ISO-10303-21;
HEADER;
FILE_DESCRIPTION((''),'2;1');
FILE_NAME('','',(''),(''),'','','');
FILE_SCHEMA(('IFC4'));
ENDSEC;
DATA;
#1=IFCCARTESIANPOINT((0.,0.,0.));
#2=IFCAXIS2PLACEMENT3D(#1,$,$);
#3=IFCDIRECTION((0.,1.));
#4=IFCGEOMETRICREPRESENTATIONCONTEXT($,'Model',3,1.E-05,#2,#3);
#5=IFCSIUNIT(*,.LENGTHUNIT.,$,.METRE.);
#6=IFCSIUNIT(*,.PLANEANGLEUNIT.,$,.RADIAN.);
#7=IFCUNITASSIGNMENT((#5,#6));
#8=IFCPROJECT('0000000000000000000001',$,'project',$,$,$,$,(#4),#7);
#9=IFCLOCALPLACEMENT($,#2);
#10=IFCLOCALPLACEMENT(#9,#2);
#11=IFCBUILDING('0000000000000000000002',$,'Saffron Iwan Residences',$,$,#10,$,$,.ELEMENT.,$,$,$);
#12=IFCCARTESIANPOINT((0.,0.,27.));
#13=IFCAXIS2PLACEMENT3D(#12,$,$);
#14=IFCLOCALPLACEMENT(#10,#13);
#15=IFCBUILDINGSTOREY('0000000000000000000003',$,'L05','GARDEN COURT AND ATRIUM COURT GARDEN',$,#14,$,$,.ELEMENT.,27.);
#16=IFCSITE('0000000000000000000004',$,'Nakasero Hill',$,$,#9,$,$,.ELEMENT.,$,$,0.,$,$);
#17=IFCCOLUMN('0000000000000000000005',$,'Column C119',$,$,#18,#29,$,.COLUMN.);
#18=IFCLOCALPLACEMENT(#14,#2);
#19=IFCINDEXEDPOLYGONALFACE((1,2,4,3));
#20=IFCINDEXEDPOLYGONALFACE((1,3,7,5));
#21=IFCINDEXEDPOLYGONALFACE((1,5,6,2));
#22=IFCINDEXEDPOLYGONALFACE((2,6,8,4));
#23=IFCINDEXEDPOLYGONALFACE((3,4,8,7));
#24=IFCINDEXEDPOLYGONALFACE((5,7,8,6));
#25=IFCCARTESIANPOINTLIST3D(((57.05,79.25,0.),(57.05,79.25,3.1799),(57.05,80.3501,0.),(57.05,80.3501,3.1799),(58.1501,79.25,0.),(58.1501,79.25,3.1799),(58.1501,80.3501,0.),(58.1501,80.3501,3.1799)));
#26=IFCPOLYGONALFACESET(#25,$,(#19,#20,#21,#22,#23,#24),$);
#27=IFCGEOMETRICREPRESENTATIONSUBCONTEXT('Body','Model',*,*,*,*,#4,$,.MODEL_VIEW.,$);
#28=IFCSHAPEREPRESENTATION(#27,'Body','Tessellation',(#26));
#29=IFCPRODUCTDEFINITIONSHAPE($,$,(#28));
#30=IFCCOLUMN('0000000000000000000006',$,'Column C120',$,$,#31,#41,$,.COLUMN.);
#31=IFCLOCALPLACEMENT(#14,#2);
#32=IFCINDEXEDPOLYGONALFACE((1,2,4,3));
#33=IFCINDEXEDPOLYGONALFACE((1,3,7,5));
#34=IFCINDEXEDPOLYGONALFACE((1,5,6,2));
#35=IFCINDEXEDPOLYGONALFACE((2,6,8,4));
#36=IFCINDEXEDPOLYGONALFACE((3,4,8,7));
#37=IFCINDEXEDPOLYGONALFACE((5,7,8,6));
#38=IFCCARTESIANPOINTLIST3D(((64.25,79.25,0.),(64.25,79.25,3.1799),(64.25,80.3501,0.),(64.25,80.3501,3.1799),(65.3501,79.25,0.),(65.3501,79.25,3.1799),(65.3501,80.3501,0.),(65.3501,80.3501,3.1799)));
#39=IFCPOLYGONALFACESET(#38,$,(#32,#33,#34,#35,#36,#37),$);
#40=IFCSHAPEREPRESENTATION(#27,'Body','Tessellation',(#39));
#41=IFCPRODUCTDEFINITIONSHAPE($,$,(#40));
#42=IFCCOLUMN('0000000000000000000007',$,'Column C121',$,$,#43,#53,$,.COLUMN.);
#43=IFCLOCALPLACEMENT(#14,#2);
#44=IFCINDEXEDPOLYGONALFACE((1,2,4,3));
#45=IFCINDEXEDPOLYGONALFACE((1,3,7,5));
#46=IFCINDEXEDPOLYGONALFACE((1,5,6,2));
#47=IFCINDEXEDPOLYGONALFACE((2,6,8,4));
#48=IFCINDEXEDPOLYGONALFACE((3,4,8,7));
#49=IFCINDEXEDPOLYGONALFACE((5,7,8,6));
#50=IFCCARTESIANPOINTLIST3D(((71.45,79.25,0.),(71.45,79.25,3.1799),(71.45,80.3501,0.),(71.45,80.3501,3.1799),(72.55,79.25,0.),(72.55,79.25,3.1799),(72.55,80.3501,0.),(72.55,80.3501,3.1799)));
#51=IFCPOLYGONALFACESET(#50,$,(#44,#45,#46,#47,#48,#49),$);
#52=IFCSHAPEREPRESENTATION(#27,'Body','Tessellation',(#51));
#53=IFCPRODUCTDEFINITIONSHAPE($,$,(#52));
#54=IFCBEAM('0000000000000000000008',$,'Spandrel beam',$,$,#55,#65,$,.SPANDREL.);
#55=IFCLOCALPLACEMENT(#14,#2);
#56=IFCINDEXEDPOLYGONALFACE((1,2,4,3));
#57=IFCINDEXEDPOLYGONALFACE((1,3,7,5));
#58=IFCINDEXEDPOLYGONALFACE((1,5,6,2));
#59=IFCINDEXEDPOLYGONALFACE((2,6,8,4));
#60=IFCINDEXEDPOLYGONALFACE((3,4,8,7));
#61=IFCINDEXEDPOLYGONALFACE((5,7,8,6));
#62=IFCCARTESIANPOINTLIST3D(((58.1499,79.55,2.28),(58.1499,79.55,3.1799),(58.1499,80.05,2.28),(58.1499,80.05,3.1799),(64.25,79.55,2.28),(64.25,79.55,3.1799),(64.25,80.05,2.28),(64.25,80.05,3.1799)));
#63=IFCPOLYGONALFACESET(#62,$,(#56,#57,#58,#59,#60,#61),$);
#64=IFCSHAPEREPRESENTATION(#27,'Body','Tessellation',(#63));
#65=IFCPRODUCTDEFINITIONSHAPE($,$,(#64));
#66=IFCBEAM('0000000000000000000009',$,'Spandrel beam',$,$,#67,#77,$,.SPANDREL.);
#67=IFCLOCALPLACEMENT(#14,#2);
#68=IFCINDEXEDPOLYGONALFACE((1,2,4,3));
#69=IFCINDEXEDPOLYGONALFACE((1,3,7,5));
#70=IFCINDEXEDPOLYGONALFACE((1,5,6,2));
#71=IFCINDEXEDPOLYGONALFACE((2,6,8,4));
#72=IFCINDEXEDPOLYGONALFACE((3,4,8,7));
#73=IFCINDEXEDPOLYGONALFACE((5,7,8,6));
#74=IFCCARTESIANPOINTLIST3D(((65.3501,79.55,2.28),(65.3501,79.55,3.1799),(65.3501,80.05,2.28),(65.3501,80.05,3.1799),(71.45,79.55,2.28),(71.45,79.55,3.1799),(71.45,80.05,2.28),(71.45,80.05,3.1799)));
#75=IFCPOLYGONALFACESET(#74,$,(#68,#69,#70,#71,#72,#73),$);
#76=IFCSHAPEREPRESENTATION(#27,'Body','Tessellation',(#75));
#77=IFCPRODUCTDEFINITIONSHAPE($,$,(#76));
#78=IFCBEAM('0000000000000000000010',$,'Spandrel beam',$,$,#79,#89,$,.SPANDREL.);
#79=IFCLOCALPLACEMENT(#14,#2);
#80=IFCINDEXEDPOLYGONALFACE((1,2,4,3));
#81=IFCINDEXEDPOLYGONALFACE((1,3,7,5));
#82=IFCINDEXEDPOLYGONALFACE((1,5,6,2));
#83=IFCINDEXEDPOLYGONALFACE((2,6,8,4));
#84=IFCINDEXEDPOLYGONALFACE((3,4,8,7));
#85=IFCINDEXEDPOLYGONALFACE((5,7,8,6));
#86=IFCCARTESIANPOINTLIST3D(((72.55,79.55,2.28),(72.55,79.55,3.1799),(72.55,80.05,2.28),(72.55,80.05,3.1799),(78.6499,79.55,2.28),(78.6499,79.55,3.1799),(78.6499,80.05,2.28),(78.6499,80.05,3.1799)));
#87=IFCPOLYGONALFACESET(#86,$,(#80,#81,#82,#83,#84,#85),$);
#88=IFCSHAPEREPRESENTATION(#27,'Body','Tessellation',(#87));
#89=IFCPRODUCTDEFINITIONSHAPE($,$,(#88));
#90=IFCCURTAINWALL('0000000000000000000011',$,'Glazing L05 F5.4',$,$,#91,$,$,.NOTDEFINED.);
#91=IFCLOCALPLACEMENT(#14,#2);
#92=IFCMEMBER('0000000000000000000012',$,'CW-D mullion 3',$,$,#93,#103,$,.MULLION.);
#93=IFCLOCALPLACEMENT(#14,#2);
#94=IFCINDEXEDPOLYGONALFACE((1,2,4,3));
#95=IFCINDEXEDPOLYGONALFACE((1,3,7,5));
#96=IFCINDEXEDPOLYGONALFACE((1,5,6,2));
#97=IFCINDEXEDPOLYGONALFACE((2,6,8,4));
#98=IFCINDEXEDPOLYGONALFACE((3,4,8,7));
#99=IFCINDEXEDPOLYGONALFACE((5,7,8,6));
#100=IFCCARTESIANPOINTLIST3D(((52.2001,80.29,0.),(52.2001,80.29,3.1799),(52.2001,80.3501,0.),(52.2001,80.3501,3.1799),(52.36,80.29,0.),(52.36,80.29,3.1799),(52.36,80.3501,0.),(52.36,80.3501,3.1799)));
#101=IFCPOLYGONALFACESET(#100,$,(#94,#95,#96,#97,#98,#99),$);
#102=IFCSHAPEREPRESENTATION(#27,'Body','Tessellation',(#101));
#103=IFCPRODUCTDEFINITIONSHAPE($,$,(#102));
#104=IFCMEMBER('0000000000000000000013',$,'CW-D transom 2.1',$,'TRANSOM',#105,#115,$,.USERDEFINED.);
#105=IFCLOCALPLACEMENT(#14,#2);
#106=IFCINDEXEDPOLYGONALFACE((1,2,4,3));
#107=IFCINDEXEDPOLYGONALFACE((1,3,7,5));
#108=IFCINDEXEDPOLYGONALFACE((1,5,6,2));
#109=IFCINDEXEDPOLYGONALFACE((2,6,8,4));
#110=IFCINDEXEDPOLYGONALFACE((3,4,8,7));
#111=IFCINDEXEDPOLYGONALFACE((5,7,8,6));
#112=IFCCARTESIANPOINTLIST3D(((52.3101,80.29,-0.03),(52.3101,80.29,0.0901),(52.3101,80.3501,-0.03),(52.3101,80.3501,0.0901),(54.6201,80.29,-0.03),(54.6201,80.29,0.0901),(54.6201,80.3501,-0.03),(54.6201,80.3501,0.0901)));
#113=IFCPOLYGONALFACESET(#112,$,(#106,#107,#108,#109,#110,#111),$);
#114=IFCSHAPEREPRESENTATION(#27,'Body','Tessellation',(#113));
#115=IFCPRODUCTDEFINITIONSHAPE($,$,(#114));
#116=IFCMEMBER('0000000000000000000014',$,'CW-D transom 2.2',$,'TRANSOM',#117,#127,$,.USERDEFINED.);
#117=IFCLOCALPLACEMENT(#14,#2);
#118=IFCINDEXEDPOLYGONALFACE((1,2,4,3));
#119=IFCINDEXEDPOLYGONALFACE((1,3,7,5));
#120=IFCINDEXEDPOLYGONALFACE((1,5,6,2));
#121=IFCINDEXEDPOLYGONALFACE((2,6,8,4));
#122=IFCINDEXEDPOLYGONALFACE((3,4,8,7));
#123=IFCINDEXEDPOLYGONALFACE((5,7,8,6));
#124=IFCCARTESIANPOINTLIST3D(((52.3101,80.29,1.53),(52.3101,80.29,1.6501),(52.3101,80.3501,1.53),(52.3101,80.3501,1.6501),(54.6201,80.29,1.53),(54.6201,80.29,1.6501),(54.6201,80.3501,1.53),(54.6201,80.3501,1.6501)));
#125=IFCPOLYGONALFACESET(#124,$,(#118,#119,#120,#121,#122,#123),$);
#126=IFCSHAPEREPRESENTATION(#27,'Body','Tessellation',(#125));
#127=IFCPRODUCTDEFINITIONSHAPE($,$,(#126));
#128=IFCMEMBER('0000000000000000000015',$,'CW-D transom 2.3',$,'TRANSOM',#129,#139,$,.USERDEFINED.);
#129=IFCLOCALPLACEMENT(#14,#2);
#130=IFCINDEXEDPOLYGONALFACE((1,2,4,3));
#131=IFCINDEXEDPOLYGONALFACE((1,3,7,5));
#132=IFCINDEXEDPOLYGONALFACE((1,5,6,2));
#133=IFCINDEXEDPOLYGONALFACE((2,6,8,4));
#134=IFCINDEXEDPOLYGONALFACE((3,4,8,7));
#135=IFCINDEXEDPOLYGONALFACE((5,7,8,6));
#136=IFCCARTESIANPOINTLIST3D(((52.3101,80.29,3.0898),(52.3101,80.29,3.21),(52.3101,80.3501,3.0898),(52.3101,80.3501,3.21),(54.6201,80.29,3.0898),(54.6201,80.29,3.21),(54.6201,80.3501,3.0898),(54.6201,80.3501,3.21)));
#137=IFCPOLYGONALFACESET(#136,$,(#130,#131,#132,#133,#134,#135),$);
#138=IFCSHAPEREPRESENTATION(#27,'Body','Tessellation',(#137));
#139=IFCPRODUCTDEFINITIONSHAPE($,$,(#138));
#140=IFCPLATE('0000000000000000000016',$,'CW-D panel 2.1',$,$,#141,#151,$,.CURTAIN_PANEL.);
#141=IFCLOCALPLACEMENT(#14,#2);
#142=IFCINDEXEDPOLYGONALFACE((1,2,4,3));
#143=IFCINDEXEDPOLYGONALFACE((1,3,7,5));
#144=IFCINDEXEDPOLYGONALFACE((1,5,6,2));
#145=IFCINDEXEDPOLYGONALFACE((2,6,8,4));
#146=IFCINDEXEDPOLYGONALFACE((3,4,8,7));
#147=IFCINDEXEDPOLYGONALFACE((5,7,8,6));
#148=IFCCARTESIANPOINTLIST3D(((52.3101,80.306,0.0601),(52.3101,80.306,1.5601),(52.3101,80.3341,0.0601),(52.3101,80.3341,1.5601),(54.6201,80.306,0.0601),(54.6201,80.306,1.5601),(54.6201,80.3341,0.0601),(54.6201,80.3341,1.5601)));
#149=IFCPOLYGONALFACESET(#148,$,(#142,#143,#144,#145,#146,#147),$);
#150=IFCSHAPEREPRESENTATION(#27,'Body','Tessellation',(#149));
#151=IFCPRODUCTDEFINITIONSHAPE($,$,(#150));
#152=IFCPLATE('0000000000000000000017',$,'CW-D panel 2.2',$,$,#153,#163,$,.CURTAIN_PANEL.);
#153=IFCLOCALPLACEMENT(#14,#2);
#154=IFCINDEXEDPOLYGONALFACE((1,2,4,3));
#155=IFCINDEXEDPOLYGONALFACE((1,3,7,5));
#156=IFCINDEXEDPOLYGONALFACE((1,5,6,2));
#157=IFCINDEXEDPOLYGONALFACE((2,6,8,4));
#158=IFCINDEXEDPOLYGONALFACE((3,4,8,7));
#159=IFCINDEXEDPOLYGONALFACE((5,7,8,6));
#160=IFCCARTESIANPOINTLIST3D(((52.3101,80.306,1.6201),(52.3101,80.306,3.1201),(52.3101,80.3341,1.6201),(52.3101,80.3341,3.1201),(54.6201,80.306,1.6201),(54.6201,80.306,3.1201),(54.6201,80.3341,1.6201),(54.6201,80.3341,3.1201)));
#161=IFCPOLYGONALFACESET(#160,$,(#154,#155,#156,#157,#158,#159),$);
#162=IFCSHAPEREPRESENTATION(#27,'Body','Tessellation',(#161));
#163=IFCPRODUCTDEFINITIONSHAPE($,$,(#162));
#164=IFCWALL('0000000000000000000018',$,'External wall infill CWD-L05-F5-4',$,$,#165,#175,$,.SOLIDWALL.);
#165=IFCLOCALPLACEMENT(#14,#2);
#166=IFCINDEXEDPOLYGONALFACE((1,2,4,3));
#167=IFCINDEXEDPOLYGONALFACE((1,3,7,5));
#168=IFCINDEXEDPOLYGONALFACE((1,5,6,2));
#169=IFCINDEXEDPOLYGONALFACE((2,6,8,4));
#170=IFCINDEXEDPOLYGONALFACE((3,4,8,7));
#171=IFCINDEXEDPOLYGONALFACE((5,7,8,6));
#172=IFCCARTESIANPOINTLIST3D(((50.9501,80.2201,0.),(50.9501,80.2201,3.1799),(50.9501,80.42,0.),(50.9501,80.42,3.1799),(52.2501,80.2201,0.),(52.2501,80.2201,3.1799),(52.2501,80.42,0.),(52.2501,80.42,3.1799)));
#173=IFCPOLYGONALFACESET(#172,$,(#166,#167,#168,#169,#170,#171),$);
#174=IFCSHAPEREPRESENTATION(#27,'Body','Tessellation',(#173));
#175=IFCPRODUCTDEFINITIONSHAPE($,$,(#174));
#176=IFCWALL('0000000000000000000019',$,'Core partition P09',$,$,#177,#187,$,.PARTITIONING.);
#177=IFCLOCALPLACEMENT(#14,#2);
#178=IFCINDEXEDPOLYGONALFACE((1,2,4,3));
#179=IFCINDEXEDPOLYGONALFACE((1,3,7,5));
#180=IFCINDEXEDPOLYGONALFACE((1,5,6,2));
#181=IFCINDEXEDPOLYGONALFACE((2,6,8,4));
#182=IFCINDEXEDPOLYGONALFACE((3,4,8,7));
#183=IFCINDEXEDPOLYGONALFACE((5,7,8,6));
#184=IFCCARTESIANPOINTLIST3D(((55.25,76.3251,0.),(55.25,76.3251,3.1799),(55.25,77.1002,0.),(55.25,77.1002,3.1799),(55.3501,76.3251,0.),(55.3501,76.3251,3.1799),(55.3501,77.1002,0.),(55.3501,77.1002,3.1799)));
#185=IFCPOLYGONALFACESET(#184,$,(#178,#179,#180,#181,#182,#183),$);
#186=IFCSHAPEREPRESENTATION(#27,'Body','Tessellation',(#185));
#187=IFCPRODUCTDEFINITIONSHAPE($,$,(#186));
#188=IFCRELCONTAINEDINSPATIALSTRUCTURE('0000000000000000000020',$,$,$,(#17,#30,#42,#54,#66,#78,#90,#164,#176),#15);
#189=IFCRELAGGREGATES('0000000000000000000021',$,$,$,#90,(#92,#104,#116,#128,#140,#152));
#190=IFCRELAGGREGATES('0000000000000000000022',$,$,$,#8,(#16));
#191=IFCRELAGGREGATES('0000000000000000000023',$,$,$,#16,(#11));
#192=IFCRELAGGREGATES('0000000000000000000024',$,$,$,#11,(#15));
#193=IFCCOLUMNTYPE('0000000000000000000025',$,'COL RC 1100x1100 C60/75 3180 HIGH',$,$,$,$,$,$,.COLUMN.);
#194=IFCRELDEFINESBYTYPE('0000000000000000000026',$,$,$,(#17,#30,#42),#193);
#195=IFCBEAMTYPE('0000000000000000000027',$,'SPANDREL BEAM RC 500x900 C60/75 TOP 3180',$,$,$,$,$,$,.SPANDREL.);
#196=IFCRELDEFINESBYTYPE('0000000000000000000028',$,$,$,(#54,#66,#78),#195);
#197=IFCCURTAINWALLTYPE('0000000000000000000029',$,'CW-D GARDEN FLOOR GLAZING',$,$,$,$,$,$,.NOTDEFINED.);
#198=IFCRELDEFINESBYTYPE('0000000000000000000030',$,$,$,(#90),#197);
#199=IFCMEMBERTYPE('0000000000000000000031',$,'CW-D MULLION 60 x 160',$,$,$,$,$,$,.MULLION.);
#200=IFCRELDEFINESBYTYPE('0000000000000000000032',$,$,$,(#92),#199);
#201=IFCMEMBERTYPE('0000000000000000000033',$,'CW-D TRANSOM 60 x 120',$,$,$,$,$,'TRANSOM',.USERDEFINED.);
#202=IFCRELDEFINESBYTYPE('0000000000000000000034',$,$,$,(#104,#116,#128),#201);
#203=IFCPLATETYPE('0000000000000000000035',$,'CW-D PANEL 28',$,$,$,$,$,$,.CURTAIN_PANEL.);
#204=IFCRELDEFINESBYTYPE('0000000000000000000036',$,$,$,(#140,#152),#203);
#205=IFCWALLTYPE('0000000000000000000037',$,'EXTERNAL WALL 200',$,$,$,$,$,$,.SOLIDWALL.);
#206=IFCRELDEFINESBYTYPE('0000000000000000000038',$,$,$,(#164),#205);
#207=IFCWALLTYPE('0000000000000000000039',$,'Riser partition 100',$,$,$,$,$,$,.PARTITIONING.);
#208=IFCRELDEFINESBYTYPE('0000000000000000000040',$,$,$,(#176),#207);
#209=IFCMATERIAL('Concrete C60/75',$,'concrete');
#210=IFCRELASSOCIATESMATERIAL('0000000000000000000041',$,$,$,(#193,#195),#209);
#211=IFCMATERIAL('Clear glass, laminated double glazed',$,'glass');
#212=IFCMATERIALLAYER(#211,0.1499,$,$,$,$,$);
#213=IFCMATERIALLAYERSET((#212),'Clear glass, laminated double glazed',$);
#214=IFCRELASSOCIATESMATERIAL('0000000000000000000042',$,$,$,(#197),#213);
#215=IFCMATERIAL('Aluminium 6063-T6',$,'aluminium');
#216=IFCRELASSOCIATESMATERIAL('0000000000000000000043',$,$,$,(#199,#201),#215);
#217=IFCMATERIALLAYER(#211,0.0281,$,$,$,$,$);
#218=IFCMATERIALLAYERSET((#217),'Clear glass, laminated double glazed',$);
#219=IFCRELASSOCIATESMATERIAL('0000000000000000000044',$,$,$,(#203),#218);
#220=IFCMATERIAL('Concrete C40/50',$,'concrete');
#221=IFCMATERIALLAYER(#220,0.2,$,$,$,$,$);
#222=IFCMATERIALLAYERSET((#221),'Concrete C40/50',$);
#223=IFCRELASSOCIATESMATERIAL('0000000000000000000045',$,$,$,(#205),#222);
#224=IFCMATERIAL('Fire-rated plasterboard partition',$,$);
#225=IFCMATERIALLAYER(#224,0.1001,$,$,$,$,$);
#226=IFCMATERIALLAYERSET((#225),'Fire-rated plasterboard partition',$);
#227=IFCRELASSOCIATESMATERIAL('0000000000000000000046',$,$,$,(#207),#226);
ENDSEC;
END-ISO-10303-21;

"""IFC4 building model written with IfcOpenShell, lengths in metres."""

from ifc_helpers import new_model, si_unit, direction, frame, frame_2d, origin, origin_2d, place, context, subcontext, project, spatial, rectangle, extrude, source, transform, mapped, material, layer, layer_set, material_profile, profile_set, type_object, element, aggregate, save


model = new_model("IFC4")

# Units and contexts
model_context = context("Model", 3, precision=1e-05, world=origin(), true_north=direction((0.0, 1.0)))
body_context = subcontext(model_context, "Body", "Model", "MODEL_VIEW")
ifc_project = project(units=[si_unit("LENGTHUNIT", "METRE"), si_unit("PLANEANGLEUNIT", "RADIAN")], contexts=[model_context])

# Site, building, storey
site_placement = place(None, origin())
site = spatial("IfcSite", under=ifc_project, at=site_placement, Name="Nakasero Hill", CompositionType="ELEMENT", RefElevation=0.0)
building_placement = place(site_placement, origin())
building = spatial("IfcBuilding", under=site, at=building_placement, Name="Saffron Iwan Residences", CompositionType="ELEMENT")
storey_placement = place(building_placement, frame((0.0, 0.0, 27.0)))
storey = spatial("IfcBuildingStorey", under=building, at=storey_placement, Name="L05", Description="GARDEN COURT AND ATRIUM COURT GARDEN", CompositionType="ELEMENT", Elevation=27.0)

# Columns
ifc_material_1 = material(Name="Concrete C60/75", Category="concrete")
ifc_material_profile_1 = material_profile(ifc_material_1, rectangle(XDim=1.1001, YDim=1.1001, at=origin_2d()), Name="RC 1100x1100")
ifc_profile_set_1 = profile_set([ifc_material_profile_1], Name="Concrete C60/75")
column_type = type_object("IfcColumnType", Name="COL RC 1100x1100 C60/75 3180 HIGH", PredefinedType="COLUMN", material=ifc_profile_set_1)
shared_shape_1 = source(origin(), body_context, "Body", "SweptSolid", [
    extrude(rectangle(XDim=1.1001, YDim=1.1001, at=origin_2d()), origin(), (0.0, 0.0, 1.0), 3.1799),
])
for number, where, z_axis, x_axis, name in (
    (1, (57.6001, 79.8, 0.0), (0.0, 0.0, 1.0), (1.0, 0.0, 0.0), "Column C119"),
    (2, (64.8, 79.8, 0.0), (0.0, 0.0, 1.0), (1.0, 0.0, 0.0), "Column C120"),
    (3, (72.0, 79.8, 0.0), (0.0, 0.0, 1.0), (1.0, 0.0, 0.0), "Column C121"),
):
    element("IfcColumn", number, at=place(storey_placement, frame(where, z_axis=z_axis, x_axis=x_axis)), inside=storey, type_object=column_type, Name=name, PredefinedType="COLUMN", context=body_context, shape_type="MappedRepresentation", body=[
        mapped(shared_shape_1, transform((0.0, 0.0, 0.0))),
    ])

# Beams
ifc_material_profile_2 = material_profile(ifc_material_1, rectangle(XDim=0.5, YDim=0.8999, at=origin_2d()), Name="RC 500x900")
ifc_profile_set_2 = profile_set([ifc_material_profile_2], Name="Concrete C60/75")
beam_type = type_object("IfcBeamType", Name="SPANDREL BEAM RC 500x900 C60/75 TOP 3180", PredefinedType="SPANDREL", material=ifc_profile_set_2)
shared_shape_2 = source(origin(), body_context, "Body", "SweptSolid", [
    extrude(rectangle(XDim=0.5, YDim=0.8999, at=origin_2d()), origin(), (0.0, 0.0, 1.0), 6.1001),
])
beam_placement = place(storey_placement, frame((58.1499, 79.8, 2.73), z_axis=(1.0, 0.0, 0.0), x_axis=(0.0, 1.0, 0.0)))
element("IfcBeam", 4, at=beam_placement, inside=storey, type_object=beam_type, Name="Spandrel beam", PredefinedType="SPANDREL", context=body_context, shape_type="MappedRepresentation", body=[
    mapped(shared_shape_2, transform((0.0, 0.0, 0.0))),
])
shared_shape_3 = source(origin(), body_context, "Body", "SweptSolid", [
    extrude(rectangle(XDim=0.5, YDim=0.8999, at=origin_2d()), origin(), (0.0, 0.0, 1.0), 6.0999),
])
for number, where, z_axis, x_axis, name in (
    (5, (65.3501, 79.8, 2.73), (1.0, 0.0, 0.0), (0.0, 1.0, 0.0), "Spandrel beam"),
    (6, (72.55, 79.8, 2.73), (1.0, 0.0, 0.0), (0.0, 1.0, 0.0), "Spandrel beam"),
):
    element("IfcBeam", number, at=place(storey_placement, frame(where, z_axis=z_axis, x_axis=x_axis)), inside=storey, type_object=beam_type, Name=name, PredefinedType="SPANDREL", context=body_context, shape_type="MappedRepresentation", body=[
        mapped(shared_shape_3, transform((0.0, 0.0, 0.0))),
    ])

# Curtain wall, members, plates
ifc_material_2 = material(Name="Clear glass, laminated double glazed", Category="glass")
ifc_layer_1 = layer(ifc_material_2, 0.1499)
ifc_layer_set_1 = layer_set([ifc_layer_1], Name="Clear glass, laminated double glazed")
curtain_wall_type = type_object("IfcCurtainWallType", Name="CW-D GARDEN FLOOR GLAZING", PredefinedType="NOTDEFINED", material=ifc_layer_set_1)
curtain_wall_placement = place(storey_placement, origin())
curtain_wall = element("IfcCurtainWall", 7, at=curtain_wall_placement, inside=storey, type_object=curtain_wall_type, Name="Glazing L05 F5.4", PredefinedType="NOTDEFINED")
ifc_material_3 = material(Name="Aluminium 6063-T6", Category="aluminium")
ifc_material_profile_3 = material_profile(ifc_material_3, rectangle(XDim=0.0601, YDim=0.1599, at=origin_2d()), Name="CW-D MULLION 60 x 160")
ifc_profile_set_3 = profile_set([ifc_material_profile_3], Name="Aluminium 6063-T6")
member_type_1 = type_object("IfcMemberType", Name="CW-D MULLION 60 x 160", PredefinedType="MULLION", material=ifc_profile_set_3)
shared_shape_4 = source(origin(), body_context, "Body", "SweptSolid", [
    extrude(rectangle(XDim=0.0601, YDim=0.1599, at=origin_2d()), origin(), (0.0, 0.0, 1.0), 3.1799),
])
member_1_placement = place(storey_placement, frame((52.28, 80.3201, 0.0), z_axis=(0.0, 0.0, 1.0), x_axis=(0.0, -1.0, 0.0)))
member_1 = element("IfcMember", 8, at=member_1_placement, type_object=member_type_1, Name="CW-D mullion 3", PredefinedType="MULLION", context=body_context, shape_type="MappedRepresentation", body=[
    mapped(shared_shape_4, transform((0.0, 0.0, 0.0))),
])
ifc_material_profile_4 = material_profile(ifc_material_3, rectangle(XDim=0.0601, YDim=0.1201, at=origin_2d()), Name="CW-D TRANSOM 60 x 120")
ifc_profile_set_4 = profile_set([ifc_material_profile_4], Name="Aluminium 6063-T6")
member_type_2 = type_object("IfcMemberType", Name="CW-D TRANSOM 60 x 120", ElementType="TRANSOM", PredefinedType="USERDEFINED", material=ifc_profile_set_4)
shared_shape_5 = source(origin(), body_context, "Body", "SweptSolid", [
    extrude(rectangle(XDim=0.0601, YDim=0.1201, at=origin_2d()), origin(), (0.0, 0.0, 1.0), 2.3101),
])
member_2_placement = place(storey_placement, frame((54.6201, 80.3201, 0.03), z_axis=(-1.0, 0.0, 0.0), x_axis=(0.0, -1.0, 0.0)))
member_2 = element("IfcMember", 9, at=member_2_placement, type_object=member_type_2, Name="CW-D transom 2.1", ObjectType="TRANSOM", PredefinedType="USERDEFINED", context=body_context, shape_type="MappedRepresentation", body=[
    mapped(shared_shape_5, transform((0.0, 0.0, 0.0))),
])
member_3_placement = place(storey_placement, frame((54.6201, 80.3201, 1.5901), z_axis=(-1.0, 0.0, 0.0), x_axis=(0.0, -1.0, 0.0)))
member_3 = element("IfcMember", 10, at=member_3_placement, type_object=member_type_2, Name="CW-D transom 2.2", ObjectType="TRANSOM", PredefinedType="USERDEFINED", context=body_context, shape_type="MappedRepresentation", body=[
    mapped(shared_shape_5, transform((0.0, 0.0, 0.0))),
])
member_4_placement = place(storey_placement, frame((54.6201, 80.3201, 3.1499), z_axis=(-1.0, 0.0, 0.0), x_axis=(0.0, -1.0, 0.0)))
member_4 = element("IfcMember", 11, at=member_4_placement, type_object=member_type_2, Name="CW-D transom 2.3", ObjectType="TRANSOM", PredefinedType="USERDEFINED", context=body_context, shape_type="MappedRepresentation", body=[
    mapped(shared_shape_5, transform((0.0, 0.0, 0.0))),
])
ifc_layer_2 = layer(ifc_material_2, 0.0281)
ifc_layer_set_2 = layer_set([ifc_layer_2], Name="Clear glass, laminated double glazed")
plate_type = type_object("IfcPlateType", Name="CW-D PANEL 28", PredefinedType="CURTAIN_PANEL", material=ifc_layer_set_2)
shared_shape_6 = source(origin(), body_context, "Body", "SweptSolid", [
    extrude(rectangle(XDim=2.3101, YDim=0.0281, at=origin_2d()), origin(), (0.0, 0.0, 1.0), 1.5),
])
plate_1_placement = place(storey_placement, frame((53.4651, 80.3201, 0.0601), z_axis=(0.0, 0.0, 1.0), x_axis=(-1.0, 0.0, 0.0)))
plate_1 = element("IfcPlate", 12, at=plate_1_placement, type_object=plate_type, Name="CW-D panel 2.1", PredefinedType="CURTAIN_PANEL", context=body_context, shape_type="MappedRepresentation", body=[
    mapped(shared_shape_6, transform((0.0, 0.0, 0.0))),
])
plate_2_placement = place(storey_placement, frame((53.4651, 80.3201, 1.6201), z_axis=(0.0, 0.0, 1.0), x_axis=(-1.0, 0.0, 0.0)))
plate_2 = element("IfcPlate", 13, at=plate_2_placement, type_object=plate_type, Name="CW-D panel 2.2", PredefinedType="CURTAIN_PANEL", context=body_context, shape_type="MappedRepresentation", body=[
    mapped(shared_shape_6, transform((0.0, 0.0, 0.0))),
])
aggregate(curtain_wall, [member_1, member_2, member_3, member_4, plate_1, plate_2])

# Shared definitions
ifc_material_4 = material(Name="Concrete C40/50", Category="concrete")
ifc_layer_3 = layer(ifc_material_4, 0.2)
ifc_layer_set_3 = layer_set([ifc_layer_3], Name="Concrete C40/50")
wall_type_1 = type_object("IfcWallType", Name="EXTERNAL WALL 200", PredefinedType="SOLIDWALL", material=ifc_layer_set_3)

# Walls
wall_1_placement = place(storey_placement, frame((52.25, 80.3201, 0.0), z_axis=(0.0, 0.0, 1.0), x_axis=(-1.0, 0.0, 0.0)))
element("IfcWall", 14, at=wall_1_placement, inside=storey, type_object=wall_type_1, Name="External wall infill CWD-L05-F5-4", PredefinedType="SOLIDWALL", context=body_context, shape_type="SweptSolid", body=[
    extrude(rectangle(XDim=1.3, YDim=0.2, at=frame_2d((0.6499, 0.0))), origin(), (0.0, 0.0, 1.0), 3.1799),
])
ifc_material_5 = material(Name="Fire-rated plasterboard partition")
ifc_layer_4 = layer(ifc_material_5, 0.1001)
ifc_layer_set_4 = layer_set([ifc_layer_4], Name="Fire-rated plasterboard partition")
wall_type_2 = type_object("IfcWallType", Name="Riser partition 100", PredefinedType="PARTITIONING", material=ifc_layer_set_4)
for number, where, z_axis, x_axis, name in (
    (15, (55.3, 76.325, 0.0), (0.0, 0.0, 1.0), (0.0, 1.0, 0.0), "Core partition P09"),
):
    element("IfcWall", number, at=place(storey_placement, frame(where, z_axis=z_axis, x_axis=x_axis)), inside=storey, type_object=wall_type_2, Name=name, PredefinedType="PARTITIONING", context=body_context, shape_type="SweptSolid", body=[
        extrude(rectangle(XDim=0.7751, YDim=0.1001, at=frame_2d((0.3877, 0.0))), origin(), (0.0, 0.0, 1.0), 3.1799),
    ])

save(model, "model.ifc")
